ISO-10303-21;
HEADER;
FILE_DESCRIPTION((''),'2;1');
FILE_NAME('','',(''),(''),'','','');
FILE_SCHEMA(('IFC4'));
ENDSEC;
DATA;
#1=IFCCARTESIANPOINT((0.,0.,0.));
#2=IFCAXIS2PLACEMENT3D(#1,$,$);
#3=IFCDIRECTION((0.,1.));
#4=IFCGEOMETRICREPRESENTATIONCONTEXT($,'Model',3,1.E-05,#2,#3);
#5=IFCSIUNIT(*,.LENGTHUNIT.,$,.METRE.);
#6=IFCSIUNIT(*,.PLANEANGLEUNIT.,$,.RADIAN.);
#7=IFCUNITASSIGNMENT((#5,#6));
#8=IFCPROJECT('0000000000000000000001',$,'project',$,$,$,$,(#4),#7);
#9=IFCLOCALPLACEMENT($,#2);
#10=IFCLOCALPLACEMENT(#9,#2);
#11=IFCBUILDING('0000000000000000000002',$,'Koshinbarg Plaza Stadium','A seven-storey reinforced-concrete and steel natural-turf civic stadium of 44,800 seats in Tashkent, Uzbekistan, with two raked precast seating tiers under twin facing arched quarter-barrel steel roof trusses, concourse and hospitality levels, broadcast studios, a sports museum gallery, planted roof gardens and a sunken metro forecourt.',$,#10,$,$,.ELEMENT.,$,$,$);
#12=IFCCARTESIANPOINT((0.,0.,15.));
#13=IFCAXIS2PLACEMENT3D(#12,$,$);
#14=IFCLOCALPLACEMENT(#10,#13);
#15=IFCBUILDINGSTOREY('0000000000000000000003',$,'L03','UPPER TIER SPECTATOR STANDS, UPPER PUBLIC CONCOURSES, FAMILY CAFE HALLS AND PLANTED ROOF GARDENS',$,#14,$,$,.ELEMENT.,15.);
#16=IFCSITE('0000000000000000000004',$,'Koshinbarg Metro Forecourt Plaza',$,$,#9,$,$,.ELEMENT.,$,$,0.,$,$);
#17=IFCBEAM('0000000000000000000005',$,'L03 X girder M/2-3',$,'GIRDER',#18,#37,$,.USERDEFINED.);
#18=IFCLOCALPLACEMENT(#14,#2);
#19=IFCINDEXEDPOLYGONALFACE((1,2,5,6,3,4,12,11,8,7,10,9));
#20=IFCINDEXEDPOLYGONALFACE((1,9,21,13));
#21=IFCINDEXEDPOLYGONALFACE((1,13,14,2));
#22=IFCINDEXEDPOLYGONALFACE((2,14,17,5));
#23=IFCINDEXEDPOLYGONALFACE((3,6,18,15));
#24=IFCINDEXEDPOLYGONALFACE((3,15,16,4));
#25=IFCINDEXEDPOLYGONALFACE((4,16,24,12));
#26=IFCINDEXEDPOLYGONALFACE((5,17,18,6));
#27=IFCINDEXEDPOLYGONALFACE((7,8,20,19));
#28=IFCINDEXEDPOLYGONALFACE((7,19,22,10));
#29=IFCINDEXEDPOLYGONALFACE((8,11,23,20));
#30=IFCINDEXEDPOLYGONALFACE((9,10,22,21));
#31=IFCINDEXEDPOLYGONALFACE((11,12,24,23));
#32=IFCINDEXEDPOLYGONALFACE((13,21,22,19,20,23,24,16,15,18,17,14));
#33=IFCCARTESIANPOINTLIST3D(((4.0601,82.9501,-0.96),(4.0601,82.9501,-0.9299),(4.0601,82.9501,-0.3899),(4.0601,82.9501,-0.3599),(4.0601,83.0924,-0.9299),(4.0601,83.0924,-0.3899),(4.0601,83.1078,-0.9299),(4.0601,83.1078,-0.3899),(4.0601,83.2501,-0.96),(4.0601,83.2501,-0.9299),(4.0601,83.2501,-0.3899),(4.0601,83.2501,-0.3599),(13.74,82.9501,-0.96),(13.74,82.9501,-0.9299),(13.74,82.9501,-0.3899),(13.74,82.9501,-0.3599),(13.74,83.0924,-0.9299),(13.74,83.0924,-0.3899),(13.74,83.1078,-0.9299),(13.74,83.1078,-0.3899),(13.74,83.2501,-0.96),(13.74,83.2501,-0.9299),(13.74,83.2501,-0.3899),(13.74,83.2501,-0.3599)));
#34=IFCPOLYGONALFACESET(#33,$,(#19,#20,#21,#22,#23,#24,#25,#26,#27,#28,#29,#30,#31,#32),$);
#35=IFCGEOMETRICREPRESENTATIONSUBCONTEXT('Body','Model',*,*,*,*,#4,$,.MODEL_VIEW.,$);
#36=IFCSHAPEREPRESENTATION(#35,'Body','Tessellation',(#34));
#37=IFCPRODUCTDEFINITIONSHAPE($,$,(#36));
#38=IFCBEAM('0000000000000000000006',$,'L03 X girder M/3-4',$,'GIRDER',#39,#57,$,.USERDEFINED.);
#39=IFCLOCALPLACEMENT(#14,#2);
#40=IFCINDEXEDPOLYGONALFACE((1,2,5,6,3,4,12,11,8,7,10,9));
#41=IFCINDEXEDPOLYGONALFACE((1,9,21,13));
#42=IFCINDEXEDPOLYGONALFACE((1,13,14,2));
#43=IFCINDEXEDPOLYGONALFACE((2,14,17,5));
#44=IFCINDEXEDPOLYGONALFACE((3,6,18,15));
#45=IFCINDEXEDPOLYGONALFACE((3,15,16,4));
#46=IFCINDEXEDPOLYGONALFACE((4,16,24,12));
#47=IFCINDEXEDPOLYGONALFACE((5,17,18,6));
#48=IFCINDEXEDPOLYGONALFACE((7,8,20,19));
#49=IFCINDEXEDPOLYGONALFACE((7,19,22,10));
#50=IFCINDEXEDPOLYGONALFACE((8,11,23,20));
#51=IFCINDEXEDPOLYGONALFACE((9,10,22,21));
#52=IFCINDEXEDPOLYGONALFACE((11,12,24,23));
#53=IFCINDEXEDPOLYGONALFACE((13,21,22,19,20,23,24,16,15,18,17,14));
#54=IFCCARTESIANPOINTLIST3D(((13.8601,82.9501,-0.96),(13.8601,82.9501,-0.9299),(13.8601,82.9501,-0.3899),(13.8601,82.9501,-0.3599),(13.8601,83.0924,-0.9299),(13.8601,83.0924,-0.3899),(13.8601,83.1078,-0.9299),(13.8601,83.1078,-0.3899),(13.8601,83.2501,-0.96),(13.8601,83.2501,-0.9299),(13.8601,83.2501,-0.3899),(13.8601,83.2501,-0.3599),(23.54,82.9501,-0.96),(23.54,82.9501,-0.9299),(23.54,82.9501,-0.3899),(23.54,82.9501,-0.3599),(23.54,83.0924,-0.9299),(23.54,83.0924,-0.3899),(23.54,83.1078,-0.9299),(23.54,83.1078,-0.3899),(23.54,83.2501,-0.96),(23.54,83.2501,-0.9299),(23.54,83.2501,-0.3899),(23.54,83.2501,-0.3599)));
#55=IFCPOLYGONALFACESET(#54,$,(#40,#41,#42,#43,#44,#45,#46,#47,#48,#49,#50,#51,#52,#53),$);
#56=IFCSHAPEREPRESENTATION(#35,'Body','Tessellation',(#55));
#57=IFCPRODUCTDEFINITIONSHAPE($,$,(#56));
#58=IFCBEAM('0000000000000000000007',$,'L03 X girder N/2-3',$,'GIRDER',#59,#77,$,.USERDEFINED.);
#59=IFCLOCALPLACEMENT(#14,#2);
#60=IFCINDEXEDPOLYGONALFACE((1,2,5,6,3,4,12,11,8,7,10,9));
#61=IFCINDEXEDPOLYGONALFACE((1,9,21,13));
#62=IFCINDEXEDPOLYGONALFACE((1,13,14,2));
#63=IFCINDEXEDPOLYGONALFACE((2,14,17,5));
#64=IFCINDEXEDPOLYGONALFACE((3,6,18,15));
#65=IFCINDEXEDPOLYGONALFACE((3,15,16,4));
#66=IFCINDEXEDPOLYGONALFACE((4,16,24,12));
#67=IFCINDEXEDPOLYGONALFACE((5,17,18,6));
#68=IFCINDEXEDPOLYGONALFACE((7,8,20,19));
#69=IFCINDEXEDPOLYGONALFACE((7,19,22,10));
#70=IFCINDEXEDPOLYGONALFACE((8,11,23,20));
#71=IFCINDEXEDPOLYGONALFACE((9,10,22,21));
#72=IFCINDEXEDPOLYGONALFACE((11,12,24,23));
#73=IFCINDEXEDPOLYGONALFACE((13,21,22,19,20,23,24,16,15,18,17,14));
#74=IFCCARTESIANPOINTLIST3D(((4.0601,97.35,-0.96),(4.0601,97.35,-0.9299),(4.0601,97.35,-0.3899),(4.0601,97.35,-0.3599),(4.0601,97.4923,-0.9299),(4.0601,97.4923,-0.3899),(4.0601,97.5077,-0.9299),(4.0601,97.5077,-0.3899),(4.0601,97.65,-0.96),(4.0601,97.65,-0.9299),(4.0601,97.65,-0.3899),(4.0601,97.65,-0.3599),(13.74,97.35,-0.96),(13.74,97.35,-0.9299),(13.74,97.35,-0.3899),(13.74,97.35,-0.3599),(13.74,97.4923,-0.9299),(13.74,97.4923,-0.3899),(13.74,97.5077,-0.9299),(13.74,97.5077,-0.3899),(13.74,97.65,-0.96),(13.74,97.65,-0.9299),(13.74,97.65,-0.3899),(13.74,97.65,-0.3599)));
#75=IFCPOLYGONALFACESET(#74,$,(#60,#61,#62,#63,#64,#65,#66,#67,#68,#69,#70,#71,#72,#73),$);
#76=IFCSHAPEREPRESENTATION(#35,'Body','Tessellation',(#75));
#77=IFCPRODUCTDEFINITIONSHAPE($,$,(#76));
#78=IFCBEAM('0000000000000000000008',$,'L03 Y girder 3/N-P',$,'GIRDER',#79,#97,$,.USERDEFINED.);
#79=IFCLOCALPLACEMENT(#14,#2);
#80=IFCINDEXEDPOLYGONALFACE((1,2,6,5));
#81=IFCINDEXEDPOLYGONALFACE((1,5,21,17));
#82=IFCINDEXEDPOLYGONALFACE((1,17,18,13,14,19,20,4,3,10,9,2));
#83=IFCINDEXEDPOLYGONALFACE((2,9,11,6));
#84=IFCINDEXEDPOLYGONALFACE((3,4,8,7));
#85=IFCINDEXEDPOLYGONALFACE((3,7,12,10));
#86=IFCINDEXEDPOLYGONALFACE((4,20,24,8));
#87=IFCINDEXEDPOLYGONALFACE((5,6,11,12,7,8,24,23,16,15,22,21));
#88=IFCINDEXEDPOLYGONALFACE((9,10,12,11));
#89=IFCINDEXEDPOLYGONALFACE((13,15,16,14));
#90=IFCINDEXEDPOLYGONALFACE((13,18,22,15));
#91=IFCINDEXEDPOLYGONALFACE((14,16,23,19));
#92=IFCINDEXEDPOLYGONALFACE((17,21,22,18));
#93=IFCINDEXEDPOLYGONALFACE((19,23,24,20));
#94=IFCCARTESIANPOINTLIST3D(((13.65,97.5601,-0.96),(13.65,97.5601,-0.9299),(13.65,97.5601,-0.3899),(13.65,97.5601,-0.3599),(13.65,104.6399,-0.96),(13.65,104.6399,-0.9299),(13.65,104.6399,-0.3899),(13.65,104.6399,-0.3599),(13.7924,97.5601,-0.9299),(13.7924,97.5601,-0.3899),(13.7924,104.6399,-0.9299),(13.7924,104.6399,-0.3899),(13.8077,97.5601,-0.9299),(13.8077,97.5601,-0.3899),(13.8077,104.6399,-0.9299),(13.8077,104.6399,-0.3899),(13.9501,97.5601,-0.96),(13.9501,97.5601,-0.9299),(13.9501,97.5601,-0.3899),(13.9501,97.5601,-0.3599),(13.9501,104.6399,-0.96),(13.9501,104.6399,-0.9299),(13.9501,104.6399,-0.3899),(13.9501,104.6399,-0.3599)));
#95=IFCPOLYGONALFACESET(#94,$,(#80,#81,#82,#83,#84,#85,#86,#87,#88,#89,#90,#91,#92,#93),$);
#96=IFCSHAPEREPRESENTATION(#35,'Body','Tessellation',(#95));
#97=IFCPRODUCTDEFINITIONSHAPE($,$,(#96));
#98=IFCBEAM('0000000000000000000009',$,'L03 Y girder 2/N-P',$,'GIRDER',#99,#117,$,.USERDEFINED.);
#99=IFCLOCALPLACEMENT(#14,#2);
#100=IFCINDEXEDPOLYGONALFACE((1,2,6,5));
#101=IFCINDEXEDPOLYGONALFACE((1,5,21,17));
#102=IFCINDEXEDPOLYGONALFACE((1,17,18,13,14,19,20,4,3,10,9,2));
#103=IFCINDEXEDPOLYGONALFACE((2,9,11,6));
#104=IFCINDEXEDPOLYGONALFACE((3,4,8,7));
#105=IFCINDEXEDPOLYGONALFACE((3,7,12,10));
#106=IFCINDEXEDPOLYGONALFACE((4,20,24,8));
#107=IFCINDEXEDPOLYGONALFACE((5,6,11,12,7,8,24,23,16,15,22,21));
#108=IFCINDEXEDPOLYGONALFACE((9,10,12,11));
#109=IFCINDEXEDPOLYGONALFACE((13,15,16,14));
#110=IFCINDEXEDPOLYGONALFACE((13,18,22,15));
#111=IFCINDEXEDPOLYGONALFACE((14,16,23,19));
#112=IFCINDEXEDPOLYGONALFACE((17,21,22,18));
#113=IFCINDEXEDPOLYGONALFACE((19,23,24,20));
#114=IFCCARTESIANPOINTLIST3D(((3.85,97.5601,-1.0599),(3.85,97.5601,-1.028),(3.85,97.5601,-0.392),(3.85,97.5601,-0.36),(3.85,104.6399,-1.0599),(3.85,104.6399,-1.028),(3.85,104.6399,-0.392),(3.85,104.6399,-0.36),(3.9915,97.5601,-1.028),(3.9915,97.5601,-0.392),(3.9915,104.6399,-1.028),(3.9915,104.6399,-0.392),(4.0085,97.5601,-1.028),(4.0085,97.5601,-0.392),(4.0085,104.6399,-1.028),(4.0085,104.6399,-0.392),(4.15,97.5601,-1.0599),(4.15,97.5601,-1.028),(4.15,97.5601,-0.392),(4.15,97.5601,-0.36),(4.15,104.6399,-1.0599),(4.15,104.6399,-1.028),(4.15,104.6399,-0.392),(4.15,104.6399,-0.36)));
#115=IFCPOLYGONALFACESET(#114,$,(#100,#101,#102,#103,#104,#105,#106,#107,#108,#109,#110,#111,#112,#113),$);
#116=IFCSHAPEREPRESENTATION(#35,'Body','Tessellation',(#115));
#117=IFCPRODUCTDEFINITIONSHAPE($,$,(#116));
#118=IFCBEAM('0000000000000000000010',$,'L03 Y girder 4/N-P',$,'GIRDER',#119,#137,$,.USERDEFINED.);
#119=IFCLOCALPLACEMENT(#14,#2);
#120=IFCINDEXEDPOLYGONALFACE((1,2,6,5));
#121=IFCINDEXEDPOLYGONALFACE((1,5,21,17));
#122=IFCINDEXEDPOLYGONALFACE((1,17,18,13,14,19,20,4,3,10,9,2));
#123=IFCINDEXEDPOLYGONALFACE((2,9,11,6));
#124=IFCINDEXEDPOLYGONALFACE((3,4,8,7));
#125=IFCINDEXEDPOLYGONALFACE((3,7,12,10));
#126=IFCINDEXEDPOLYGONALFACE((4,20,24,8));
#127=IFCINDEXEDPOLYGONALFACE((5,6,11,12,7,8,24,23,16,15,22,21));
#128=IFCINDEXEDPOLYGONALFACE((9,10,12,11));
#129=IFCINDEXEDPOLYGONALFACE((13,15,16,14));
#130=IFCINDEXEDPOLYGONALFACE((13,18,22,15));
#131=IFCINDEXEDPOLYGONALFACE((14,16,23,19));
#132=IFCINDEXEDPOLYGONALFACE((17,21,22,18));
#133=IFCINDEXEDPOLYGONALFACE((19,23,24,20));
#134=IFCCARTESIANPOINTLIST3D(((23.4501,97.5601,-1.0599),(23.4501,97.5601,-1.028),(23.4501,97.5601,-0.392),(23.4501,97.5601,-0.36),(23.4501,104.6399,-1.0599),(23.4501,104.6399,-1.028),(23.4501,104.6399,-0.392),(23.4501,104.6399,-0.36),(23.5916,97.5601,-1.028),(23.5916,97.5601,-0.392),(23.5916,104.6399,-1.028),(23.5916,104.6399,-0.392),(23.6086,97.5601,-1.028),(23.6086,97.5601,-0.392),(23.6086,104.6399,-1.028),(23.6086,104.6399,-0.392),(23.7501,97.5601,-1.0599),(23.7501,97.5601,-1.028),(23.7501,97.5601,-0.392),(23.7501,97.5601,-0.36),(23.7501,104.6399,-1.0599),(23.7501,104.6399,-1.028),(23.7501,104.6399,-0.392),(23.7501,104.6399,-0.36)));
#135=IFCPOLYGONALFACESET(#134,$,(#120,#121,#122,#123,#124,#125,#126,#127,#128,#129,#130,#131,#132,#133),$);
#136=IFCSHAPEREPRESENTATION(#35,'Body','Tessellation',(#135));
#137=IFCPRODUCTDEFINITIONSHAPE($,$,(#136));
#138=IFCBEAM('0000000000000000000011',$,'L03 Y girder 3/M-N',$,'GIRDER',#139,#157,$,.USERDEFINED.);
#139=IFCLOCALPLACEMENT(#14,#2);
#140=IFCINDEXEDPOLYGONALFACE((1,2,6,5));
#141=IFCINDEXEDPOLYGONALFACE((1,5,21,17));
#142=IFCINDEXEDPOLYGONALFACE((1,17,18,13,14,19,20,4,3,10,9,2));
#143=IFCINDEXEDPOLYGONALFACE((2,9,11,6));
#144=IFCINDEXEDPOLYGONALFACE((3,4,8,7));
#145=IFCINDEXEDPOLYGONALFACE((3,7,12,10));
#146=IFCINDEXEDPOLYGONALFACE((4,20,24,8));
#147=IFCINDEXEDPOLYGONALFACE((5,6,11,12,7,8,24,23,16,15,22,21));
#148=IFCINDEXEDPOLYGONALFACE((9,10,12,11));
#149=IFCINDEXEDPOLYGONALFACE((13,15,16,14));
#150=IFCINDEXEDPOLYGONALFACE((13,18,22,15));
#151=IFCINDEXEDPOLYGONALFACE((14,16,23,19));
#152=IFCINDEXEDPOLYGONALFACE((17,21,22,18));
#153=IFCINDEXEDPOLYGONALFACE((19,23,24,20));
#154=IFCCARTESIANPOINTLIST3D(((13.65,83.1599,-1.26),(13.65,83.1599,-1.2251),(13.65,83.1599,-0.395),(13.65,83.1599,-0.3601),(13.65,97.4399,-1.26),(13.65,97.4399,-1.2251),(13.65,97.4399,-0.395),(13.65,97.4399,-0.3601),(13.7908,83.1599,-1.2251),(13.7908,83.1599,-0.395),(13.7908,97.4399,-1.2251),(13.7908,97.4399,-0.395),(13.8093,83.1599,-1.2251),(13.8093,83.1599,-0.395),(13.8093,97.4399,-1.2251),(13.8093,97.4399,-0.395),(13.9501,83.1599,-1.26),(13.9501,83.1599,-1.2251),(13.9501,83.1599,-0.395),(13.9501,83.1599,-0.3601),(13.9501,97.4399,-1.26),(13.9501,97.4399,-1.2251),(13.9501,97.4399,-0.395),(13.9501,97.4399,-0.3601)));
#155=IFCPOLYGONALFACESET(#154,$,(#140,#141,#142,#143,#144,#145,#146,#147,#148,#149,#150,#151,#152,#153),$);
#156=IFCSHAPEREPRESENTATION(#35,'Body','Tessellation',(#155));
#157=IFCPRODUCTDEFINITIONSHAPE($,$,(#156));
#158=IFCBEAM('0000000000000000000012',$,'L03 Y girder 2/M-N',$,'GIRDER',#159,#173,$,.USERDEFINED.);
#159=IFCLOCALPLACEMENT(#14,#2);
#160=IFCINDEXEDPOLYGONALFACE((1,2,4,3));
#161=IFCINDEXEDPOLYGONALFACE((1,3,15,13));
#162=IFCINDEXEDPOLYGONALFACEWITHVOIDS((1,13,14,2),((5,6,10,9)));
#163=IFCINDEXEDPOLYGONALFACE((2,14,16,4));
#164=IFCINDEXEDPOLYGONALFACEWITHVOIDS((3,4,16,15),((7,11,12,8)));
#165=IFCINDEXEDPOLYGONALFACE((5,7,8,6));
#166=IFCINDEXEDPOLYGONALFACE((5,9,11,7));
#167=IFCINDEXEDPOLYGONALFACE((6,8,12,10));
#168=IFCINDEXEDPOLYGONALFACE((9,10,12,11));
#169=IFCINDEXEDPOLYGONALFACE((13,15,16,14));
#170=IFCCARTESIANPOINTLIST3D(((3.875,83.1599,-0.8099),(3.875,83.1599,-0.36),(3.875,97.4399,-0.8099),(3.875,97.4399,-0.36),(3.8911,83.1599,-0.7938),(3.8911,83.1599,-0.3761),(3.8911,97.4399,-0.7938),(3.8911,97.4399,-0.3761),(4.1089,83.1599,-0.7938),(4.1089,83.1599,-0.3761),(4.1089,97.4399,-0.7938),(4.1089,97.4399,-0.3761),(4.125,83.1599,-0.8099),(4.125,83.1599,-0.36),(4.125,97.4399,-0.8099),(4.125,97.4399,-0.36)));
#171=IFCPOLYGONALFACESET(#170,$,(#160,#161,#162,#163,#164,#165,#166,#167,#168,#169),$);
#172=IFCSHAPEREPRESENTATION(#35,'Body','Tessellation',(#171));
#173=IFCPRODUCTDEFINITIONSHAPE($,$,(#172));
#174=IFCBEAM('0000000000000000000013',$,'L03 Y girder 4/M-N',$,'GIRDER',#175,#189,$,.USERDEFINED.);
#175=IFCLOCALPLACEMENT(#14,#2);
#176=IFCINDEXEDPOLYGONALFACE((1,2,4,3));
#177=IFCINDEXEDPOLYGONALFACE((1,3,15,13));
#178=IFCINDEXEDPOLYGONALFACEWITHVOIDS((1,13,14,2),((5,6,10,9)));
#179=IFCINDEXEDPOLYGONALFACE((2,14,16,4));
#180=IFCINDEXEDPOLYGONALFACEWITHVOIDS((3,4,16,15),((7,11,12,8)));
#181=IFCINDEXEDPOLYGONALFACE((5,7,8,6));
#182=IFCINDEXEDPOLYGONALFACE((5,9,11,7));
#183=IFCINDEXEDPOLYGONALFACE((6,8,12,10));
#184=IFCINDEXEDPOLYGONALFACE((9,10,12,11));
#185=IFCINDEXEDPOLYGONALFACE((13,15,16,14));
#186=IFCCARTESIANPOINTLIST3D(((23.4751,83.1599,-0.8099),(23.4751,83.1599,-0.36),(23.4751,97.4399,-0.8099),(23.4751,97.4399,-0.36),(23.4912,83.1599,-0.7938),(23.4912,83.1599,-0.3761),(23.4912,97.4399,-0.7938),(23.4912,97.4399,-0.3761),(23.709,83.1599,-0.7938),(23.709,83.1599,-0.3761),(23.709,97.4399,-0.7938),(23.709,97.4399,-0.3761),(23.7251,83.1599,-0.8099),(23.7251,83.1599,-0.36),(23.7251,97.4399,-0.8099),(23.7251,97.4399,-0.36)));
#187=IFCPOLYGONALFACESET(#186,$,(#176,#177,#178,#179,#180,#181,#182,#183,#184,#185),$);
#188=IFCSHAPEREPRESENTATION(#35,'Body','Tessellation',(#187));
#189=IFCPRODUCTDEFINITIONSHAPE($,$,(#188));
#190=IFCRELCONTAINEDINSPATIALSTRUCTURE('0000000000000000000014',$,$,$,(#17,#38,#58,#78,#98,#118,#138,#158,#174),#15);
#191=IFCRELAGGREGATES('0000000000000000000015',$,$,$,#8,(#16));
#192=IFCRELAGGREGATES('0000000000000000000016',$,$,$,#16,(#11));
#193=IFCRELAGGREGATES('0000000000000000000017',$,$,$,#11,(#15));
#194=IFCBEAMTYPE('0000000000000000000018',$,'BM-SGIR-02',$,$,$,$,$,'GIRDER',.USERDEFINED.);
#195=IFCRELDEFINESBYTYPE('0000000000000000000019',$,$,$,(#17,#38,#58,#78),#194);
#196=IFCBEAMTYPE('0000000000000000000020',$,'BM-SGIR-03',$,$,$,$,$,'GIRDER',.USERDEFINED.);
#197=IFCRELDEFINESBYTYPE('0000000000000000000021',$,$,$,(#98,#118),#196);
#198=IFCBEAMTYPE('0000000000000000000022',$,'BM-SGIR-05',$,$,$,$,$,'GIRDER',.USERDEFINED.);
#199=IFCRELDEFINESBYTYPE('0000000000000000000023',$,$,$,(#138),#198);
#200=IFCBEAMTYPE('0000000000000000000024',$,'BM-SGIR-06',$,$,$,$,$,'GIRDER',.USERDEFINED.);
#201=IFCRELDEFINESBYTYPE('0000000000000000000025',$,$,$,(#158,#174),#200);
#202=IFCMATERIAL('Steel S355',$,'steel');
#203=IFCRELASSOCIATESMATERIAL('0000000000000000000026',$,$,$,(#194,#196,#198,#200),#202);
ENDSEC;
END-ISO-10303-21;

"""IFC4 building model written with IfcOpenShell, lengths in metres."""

from ifc_helpers import new_model, si_unit, direction, frame, origin, origin_2d, place, context, subcontext, project, spatial, hollow_rectangle, i_section, extrude, material, material_profile, profile_set, type_object, element, save


model = new_model("IFC4")

# Units and contexts
model_context = context("Model", 3, precision=1e-05, world=origin(), true_north=direction((0.0, 1.0)))
body_context = subcontext(model_context, "Body", "Model", "MODEL_VIEW")
ifc_project = project(units=[si_unit("LENGTHUNIT", "METRE"), si_unit("PLANEANGLEUNIT", "RADIAN")], contexts=[model_context])

# Site, building, storey
site_placement = place(None, origin())
site = spatial("IfcSite", under=ifc_project, at=site_placement, Name="Koshinbarg Metro Forecourt Plaza", CompositionType="ELEMENT", RefElevation=0.0)
building_placement = place(site_placement, origin())
building = spatial("IfcBuilding", under=site, at=building_placement, Name="Koshinbarg Plaza Stadium", Description="A seven-storey reinforced-concrete and steel natural-turf civic stadium of 44,800 seats in Tashkent, Uzbekistan, with two raked precast seating tiers under twin facing arched quarter-barrel steel roof trusses, concourse and hospitality levels, broadcast studios, a sports museum gallery, planted roof gardens and a sunken metro forecourt.", CompositionType="ELEMENT")
storey_placement = place(building_placement, frame((0.0, 0.0, 15.0)))
storey = spatial("IfcBuildingStorey", under=building, at=storey_placement, Name="L03", Description="UPPER TIER SPECTATOR STANDS, UPPER PUBLIC CONCOURSES, FAMILY CAFE HALLS AND PLANTED ROOF GARDENS", CompositionType="ELEMENT", Elevation=15.0)

# Beams
ifc_material_1 = material(Name="Steel S355", Category="steel")
ifc_material_profile_1 = material_profile(ifc_material_1, i_section(OverallWidth=0.3, OverallDepth=0.6001, WebThickness=0.0154, FlangeThickness=0.03, at=origin_2d()), Name="HEB 600")
ifc_profile_set_1 = profile_set([ifc_material_profile_1], Name="Steel S355")
beam_type_1 = type_object("IfcBeamType", Name="BM-SGIR-02", ElementType="GIRDER", PredefinedType="USERDEFINED", material=ifc_profile_set_1)
for number, where, z_axis, x_axis, name in (
    (1, (4.0601, 83.1001, -0.6599), (1.0, 0.0, 0.0), (0.0, 1.0, 0.0), "L03 X girder M/2-3"),
    (2, (13.8601, 83.1001, -0.6599), (1.0, 0.0, 0.0), (0.0, 1.0, 0.0), "L03 X girder M/3-4"),
    (3, (4.0601, 97.5, -0.6599), (1.0, 0.0, 0.0), (0.0, 1.0, 0.0), "L03 X girder N/2-3"),
):
    element("IfcBeam", number, at=place(storey_placement, frame(where, z_axis=z_axis, x_axis=x_axis)), inside=storey, type_object=beam_type_1, Name=name, ObjectType="GIRDER", PredefinedType="USERDEFINED", context=body_context, shape_type="SweptSolid", body=[
        extrude(i_section(OverallWidth=0.3, OverallDepth=0.6001, WebThickness=0.0154, FlangeThickness=0.03, at=origin_2d()), origin(), (0.0, 0.0, 1.0), 9.6799),
    ])
beam_1_placement = place(storey_placement, frame((13.8, 97.5601, -0.6599), z_axis=(0.0, 1.0, 0.0), x_axis=(-1.0, 0.0, 0.0)))
element("IfcBeam", 4, at=beam_1_placement, inside=storey, type_object=beam_type_1, Name="L03 Y girder 3/N-P", ObjectType="GIRDER", PredefinedType="USERDEFINED", context=body_context, shape_type="SweptSolid", body=[
    extrude(i_section(OverallWidth=0.3, OverallDepth=0.6001, WebThickness=0.0154, FlangeThickness=0.03, at=origin_2d()), origin(), (0.0, 0.0, 1.0), 7.0798),
])
ifc_material_profile_2 = material_profile(ifc_material_1, i_section(OverallWidth=0.3, OverallDepth=0.7, WebThickness=0.0171, FlangeThickness=0.032, at=origin_2d()), Name="HEB 700")
ifc_profile_set_2 = profile_set([ifc_material_profile_2], Name="Steel S355")
beam_type_2 = type_object("IfcBeamType", Name="BM-SGIR-03", ElementType="GIRDER", PredefinedType="USERDEFINED", material=ifc_profile_set_2)
for number, where, z_axis, x_axis, name in (
    (5, (4.0, 97.5601, -0.71), (0.0, 1.0, 0.0), (-1.0, 0.0, 0.0), "L03 Y girder 2/N-P"),
    (6, (23.6001, 97.5601, -0.71), (0.0, 1.0, 0.0), (-1.0, 0.0, 0.0), "L03 Y girder 4/N-P"),
):
    element("IfcBeam", number, at=place(storey_placement, frame(where, z_axis=z_axis, x_axis=x_axis)), inside=storey, type_object=beam_type_2, Name=name, ObjectType="GIRDER", PredefinedType="USERDEFINED", context=body_context, shape_type="SweptSolid", body=[
        extrude(i_section(OverallWidth=0.3, OverallDepth=0.7, WebThickness=0.0171, FlangeThickness=0.032, at=origin_2d()), origin(), (0.0, 0.0, 1.0), 7.0798),
    ])
ifc_material_profile_3 = material_profile(ifc_material_1, i_section(OverallWidth=0.3, OverallDepth=0.8999, WebThickness=0.0186, FlangeThickness=0.0349, at=origin_2d()), Name="HEB 900")
ifc_profile_set_3 = profile_set([ifc_material_profile_3], Name="Steel S355")
beam_type_3 = type_object("IfcBeamType", Name="BM-SGIR-05", ElementType="GIRDER", PredefinedType="USERDEFINED", material=ifc_profile_set_3)
beam_2_placement = place(storey_placement, frame((13.8, 83.1599, -0.8101), z_axis=(0.0, 1.0, 0.0), x_axis=(-1.0, 0.0, 0.0)))
element("IfcBeam", 7, at=beam_2_placement, inside=storey, type_object=beam_type_3, Name="L03 Y girder 3/M-N", ObjectType="GIRDER", PredefinedType="USERDEFINED", context=body_context, shape_type="SweptSolid", body=[
    extrude(i_section(OverallWidth=0.3, OverallDepth=0.8999, WebThickness=0.0186, FlangeThickness=0.0349, at=origin_2d()), origin(), (0.0, 0.0, 1.0), 14.28),
])
ifc_material_profile_4 = material_profile(ifc_material_1, hollow_rectangle(XDim=0.25, YDim=0.45, WallThickness=0.0161, at=origin_2d()), Name="RHS 450x250x16")
ifc_profile_set_4 = profile_set([ifc_material_profile_4], Name="Steel S355")
beam_type_4 = type_object("IfcBeamType", Name="BM-SGIR-06", ElementType="GIRDER", PredefinedType="USERDEFINED", material=ifc_profile_set_4)
for number, where, z_axis, x_axis, name in (
    (8, (4.0, 83.1599, -0.585), (0.0, 1.0, 0.0), (-1.0, 0.0, 0.0), "L03 Y girder 2/M-N"),
    (9, (23.6001, 83.1599, -0.585), (0.0, 1.0, 0.0), (-1.0, 0.0, 0.0), "L03 Y girder 4/M-N"),
):
    element("IfcBeam", number, at=place(storey_placement, frame(where, z_axis=z_axis, x_axis=x_axis)), inside=storey, type_object=beam_type_4, Name=name, ObjectType="GIRDER", PredefinedType="USERDEFINED", context=body_context, shape_type="SweptSolid", body=[
        extrude(hollow_rectangle(XDim=0.25, YDim=0.45, WallThickness=0.0161, at=origin_2d()), origin(), (0.0, 0.0, 1.0), 14.28),
    ])

save(model, "model.ifc")
